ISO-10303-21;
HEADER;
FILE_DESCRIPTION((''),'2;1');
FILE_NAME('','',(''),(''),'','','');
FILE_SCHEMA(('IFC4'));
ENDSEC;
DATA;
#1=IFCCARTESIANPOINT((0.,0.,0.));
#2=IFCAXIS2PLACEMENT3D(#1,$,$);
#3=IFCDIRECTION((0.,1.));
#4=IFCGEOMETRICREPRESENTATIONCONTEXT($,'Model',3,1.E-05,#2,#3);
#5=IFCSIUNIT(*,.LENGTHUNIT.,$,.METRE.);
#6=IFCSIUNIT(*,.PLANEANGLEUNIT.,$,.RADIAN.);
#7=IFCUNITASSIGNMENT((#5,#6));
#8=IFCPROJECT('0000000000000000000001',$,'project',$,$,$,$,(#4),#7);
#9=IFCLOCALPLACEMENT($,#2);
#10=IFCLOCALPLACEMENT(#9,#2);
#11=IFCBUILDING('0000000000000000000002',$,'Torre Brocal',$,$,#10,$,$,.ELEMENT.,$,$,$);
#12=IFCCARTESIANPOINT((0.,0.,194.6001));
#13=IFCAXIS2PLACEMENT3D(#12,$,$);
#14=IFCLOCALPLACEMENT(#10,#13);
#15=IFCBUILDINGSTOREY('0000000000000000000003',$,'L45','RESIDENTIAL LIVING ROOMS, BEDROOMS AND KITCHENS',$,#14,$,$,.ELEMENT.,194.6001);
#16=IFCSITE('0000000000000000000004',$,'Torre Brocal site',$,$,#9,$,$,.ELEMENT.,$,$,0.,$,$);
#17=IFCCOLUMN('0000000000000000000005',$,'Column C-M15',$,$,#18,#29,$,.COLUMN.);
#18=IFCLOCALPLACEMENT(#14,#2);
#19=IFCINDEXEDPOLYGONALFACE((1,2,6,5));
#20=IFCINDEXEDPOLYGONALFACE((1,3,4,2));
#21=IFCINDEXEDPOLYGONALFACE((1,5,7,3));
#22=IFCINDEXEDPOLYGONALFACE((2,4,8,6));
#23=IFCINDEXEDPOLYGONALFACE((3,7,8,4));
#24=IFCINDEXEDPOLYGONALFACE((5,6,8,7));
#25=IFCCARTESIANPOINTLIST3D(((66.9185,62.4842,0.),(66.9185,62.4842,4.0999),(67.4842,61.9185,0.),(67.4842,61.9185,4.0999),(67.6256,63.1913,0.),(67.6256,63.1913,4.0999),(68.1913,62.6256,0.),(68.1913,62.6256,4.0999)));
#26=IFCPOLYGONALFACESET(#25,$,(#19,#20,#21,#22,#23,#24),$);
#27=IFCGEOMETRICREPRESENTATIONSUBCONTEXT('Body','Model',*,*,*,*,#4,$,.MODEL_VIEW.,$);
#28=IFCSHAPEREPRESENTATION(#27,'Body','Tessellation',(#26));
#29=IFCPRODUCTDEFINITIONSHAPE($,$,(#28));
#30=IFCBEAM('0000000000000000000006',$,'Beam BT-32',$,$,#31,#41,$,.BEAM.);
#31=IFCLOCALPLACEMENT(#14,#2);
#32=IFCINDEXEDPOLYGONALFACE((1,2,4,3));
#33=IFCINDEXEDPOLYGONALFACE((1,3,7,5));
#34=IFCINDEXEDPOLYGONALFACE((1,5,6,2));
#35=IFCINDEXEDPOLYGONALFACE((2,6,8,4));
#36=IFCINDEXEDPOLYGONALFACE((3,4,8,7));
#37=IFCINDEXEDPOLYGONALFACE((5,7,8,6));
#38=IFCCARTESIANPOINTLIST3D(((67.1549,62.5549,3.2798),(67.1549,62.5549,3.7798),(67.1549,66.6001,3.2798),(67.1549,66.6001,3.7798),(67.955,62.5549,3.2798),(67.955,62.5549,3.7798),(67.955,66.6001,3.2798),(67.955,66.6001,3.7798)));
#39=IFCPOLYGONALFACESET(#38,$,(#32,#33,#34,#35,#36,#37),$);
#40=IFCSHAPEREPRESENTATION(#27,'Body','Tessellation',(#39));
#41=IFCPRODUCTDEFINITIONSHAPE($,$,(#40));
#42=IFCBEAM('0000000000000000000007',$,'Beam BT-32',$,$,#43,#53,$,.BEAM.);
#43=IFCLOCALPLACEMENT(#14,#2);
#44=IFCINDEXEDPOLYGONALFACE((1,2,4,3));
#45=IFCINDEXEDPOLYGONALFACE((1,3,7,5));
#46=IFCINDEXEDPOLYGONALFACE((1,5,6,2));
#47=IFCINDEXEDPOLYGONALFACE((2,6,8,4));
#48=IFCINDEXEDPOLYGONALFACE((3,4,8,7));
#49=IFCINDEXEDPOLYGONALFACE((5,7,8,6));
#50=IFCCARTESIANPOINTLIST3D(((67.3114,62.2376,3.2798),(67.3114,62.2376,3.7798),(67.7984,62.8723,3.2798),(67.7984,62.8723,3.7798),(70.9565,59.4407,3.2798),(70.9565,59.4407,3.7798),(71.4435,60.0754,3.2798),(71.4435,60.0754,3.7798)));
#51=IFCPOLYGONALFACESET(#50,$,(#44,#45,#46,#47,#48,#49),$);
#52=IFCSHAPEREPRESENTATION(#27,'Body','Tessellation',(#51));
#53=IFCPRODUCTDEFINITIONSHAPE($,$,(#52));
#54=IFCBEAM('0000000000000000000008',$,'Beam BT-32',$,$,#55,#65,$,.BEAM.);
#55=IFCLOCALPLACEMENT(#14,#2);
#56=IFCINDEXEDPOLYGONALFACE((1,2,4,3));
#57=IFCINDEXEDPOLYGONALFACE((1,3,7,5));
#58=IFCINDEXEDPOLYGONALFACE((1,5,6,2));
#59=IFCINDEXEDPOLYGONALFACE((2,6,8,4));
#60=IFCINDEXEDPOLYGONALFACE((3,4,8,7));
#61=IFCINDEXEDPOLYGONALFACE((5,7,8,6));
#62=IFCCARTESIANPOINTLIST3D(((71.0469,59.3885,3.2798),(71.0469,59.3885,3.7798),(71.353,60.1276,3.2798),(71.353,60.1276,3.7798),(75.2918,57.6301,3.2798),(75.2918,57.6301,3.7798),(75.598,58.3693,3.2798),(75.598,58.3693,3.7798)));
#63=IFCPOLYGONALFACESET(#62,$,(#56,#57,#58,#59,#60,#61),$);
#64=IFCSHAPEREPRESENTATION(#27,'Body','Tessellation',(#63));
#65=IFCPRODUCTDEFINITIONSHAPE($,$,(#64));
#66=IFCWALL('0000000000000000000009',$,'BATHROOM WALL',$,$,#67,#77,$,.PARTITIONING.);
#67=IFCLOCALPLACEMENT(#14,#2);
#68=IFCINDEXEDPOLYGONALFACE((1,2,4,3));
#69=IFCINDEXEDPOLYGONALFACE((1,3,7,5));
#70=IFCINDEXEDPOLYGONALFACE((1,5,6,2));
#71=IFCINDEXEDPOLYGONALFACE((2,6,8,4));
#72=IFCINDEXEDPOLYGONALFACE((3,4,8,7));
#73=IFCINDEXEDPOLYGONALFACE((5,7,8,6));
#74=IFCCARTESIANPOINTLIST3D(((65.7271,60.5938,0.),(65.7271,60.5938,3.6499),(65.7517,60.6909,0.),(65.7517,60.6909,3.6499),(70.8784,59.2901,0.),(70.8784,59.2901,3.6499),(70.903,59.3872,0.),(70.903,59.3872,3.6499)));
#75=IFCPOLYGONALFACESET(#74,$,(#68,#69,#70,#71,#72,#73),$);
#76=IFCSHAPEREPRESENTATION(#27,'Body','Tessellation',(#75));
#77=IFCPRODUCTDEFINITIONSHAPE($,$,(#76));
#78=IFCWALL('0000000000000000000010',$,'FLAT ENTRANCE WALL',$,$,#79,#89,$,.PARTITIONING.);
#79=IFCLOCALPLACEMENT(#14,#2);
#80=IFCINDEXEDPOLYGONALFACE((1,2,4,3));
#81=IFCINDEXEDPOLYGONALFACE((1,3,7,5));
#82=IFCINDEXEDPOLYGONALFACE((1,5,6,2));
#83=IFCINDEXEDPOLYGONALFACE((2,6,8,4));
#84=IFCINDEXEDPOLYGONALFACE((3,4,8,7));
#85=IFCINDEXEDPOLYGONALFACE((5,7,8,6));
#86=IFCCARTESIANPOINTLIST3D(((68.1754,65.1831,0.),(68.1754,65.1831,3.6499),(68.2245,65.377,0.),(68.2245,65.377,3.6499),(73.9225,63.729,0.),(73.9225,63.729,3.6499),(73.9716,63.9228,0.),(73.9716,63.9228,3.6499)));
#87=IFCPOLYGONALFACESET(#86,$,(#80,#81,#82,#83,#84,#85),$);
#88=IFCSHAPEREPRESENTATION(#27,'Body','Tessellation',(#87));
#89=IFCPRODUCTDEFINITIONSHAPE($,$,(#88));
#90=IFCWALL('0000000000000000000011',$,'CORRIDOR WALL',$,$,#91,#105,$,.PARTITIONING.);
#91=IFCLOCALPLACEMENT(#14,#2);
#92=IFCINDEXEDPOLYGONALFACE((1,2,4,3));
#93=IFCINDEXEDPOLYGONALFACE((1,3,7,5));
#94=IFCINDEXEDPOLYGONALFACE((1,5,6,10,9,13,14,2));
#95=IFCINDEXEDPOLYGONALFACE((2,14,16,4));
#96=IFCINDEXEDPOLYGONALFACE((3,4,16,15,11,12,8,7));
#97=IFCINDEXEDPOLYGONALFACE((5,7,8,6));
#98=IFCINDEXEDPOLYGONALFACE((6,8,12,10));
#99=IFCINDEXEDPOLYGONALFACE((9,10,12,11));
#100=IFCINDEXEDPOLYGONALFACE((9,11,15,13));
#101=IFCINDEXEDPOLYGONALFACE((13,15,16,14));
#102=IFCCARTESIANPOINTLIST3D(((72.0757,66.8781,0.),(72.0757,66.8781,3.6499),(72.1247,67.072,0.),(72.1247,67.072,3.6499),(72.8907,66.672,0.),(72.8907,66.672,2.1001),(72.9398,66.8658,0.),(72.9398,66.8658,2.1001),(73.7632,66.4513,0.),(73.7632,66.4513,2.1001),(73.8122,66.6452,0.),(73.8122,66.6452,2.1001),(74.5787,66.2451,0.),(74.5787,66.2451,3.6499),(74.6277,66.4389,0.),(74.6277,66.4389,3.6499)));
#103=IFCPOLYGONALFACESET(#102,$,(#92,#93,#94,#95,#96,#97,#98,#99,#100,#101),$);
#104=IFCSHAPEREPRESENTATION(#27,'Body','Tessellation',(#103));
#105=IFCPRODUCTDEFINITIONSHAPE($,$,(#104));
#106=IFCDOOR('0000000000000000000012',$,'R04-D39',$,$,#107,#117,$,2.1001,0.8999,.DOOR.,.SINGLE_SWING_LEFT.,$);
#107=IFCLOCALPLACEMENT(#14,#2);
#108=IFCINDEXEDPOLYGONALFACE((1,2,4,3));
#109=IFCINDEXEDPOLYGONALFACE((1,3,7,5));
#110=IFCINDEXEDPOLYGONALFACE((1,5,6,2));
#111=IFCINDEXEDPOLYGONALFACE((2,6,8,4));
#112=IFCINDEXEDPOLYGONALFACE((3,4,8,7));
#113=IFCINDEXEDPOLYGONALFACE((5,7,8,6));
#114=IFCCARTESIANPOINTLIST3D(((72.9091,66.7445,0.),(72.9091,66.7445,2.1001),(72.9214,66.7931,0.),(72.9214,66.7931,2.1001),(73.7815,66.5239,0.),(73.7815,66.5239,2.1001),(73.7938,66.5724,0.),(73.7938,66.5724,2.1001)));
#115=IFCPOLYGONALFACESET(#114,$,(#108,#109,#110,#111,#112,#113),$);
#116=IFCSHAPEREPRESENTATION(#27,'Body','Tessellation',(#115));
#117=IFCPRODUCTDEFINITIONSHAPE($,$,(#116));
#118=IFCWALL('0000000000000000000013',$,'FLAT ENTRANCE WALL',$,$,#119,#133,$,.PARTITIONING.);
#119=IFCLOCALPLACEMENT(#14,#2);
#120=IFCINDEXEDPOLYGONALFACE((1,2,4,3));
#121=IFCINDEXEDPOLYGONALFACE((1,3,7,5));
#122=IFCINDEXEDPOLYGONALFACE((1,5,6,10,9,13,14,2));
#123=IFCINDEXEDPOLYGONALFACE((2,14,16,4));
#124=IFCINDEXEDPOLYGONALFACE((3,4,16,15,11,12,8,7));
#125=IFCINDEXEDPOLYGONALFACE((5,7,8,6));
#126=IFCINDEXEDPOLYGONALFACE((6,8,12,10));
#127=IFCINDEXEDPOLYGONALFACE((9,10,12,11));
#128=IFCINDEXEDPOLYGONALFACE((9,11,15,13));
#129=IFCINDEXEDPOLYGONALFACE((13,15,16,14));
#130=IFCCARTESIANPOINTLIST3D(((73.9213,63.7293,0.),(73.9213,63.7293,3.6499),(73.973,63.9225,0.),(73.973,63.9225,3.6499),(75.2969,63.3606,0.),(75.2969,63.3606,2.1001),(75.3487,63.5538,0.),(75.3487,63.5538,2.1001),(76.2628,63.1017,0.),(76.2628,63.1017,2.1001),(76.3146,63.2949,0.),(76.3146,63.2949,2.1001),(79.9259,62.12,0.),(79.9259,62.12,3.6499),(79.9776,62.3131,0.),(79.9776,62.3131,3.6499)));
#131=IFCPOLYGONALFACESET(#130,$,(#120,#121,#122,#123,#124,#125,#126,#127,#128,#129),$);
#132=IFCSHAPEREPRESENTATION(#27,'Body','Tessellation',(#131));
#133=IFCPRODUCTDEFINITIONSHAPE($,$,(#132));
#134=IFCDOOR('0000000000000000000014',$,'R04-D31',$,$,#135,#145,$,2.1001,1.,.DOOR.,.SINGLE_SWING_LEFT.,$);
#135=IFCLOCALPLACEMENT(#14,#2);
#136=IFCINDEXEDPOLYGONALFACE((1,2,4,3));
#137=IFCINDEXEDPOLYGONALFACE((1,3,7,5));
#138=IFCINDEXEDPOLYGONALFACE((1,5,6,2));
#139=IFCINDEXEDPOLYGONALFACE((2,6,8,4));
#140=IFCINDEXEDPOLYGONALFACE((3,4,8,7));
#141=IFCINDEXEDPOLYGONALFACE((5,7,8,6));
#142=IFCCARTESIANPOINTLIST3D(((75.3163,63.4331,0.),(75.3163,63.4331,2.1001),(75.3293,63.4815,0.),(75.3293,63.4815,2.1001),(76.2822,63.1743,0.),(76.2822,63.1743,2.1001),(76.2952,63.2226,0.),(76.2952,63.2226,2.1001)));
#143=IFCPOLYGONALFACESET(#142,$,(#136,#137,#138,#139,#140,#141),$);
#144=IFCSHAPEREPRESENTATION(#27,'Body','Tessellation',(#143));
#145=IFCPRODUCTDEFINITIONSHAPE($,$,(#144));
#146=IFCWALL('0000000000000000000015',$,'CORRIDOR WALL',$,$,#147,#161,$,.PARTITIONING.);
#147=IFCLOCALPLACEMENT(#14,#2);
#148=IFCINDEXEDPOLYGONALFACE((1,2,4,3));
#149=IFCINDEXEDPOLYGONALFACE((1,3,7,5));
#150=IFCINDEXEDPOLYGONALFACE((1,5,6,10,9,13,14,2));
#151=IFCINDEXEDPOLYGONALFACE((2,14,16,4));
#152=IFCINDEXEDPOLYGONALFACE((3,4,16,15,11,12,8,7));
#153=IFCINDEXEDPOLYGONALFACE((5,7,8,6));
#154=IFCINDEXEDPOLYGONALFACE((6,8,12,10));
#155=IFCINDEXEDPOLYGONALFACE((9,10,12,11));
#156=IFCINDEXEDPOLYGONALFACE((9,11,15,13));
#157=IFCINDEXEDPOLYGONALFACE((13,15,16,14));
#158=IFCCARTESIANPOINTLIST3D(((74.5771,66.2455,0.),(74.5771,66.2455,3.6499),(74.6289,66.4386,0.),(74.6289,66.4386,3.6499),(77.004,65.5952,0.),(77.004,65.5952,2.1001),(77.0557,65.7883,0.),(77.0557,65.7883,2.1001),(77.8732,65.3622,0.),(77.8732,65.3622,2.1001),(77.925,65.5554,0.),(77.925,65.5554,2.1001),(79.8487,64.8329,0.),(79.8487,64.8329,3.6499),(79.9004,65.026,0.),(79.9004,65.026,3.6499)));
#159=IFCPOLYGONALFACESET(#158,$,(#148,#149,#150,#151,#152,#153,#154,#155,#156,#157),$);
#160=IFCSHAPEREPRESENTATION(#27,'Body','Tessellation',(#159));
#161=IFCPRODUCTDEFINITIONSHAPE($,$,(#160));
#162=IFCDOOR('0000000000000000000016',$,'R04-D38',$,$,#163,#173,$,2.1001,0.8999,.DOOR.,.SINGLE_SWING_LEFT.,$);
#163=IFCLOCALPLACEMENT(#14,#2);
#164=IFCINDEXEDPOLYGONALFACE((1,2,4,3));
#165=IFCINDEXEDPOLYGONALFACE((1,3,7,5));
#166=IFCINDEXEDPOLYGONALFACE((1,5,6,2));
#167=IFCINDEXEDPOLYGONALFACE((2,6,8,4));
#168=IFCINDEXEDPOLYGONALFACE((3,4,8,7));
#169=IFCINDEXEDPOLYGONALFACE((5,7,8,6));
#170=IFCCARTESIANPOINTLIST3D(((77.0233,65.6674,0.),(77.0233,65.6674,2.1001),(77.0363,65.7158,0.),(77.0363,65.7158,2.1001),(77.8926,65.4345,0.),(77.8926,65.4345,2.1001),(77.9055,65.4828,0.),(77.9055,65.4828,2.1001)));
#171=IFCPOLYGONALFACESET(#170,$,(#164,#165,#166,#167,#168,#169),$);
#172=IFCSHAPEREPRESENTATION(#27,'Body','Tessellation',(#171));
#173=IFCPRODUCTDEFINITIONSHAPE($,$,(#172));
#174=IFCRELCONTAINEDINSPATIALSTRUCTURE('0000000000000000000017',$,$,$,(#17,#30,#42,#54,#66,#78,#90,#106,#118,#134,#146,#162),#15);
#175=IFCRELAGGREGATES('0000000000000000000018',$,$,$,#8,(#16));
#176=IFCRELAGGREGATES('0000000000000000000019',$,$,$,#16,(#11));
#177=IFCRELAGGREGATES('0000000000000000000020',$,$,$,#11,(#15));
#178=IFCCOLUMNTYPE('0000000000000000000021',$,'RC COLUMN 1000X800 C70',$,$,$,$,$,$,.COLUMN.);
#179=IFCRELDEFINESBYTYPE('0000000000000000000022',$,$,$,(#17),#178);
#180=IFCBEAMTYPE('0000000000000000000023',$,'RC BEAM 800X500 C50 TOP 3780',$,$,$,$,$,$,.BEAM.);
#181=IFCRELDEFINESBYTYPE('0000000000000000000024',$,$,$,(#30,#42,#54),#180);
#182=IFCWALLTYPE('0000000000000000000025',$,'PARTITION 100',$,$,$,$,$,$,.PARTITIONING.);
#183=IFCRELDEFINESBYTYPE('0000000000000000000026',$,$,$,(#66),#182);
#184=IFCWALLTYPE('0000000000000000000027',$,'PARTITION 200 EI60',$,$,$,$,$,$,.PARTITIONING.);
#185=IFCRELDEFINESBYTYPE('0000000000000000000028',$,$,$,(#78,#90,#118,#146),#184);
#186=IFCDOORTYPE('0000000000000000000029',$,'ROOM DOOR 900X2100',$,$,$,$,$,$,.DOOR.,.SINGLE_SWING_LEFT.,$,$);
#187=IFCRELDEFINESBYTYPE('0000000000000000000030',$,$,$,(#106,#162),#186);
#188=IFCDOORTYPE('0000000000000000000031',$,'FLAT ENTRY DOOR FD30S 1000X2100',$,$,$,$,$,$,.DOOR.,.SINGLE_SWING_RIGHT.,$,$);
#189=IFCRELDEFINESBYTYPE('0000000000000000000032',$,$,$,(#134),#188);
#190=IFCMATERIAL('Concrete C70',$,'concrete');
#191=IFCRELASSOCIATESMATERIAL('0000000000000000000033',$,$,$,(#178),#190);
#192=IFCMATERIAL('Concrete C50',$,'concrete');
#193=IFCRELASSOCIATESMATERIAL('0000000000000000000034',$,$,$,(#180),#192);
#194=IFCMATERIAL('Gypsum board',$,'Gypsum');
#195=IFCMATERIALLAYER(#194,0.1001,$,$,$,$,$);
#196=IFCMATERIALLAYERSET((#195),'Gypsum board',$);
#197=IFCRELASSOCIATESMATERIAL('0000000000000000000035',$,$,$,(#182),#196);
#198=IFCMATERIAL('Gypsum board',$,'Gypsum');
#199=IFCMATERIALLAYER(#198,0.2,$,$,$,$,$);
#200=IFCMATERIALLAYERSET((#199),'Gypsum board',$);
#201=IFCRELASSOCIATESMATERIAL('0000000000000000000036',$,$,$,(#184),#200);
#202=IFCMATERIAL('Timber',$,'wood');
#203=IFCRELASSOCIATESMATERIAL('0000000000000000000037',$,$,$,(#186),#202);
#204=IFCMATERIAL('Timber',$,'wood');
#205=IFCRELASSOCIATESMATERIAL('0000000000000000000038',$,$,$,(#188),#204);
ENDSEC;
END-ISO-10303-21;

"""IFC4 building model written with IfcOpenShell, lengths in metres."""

from ifc_helpers import new_model, si_unit, direction, frame, frame_2d, origin, origin_2d, place, context, subcontext, project, spatial, rectangle, extrude, material, layer, layer_set, material_profile, profile_set, type_object, element, fill, save


model = new_model("IFC4")

# Units and contexts
model_context = context("Model", 3, precision=1e-05, world=origin(), true_north=direction((0.0, 1.0)))
body_context = subcontext(model_context, "Body", "Model", "MODEL_VIEW")
ifc_project = project(units=[si_unit("LENGTHUNIT", "METRE"), si_unit("PLANEANGLEUNIT", "RADIAN")], contexts=[model_context])

# Site, building, storey
site_placement = place(None, origin())
site = spatial("IfcSite", under=ifc_project, at=site_placement, Name="Torre Brocal site", CompositionType="ELEMENT", RefElevation=0.0)
building_placement = place(site_placement, origin())
building = spatial("IfcBuilding", under=site, at=building_placement, Name="Torre Brocal", CompositionType="ELEMENT")
storey_placement = place(building_placement, frame((0.0, 0.0, 194.6001)))
storey = spatial("IfcBuildingStorey", under=building, at=storey_placement, Name="L45", Description="RESIDENTIAL LIVING ROOMS, BEDROOMS AND KITCHENS", CompositionType="ELEMENT", Elevation=194.6001)

# Column
ifc_material_1 = material(Name="Concrete C70", Category="concrete")
ifc_material_profile_1 = material_profile(ifc_material_1, rectangle(XDim=1.0, YDim=0.8, at=origin_2d()), Name="RC 1000X800")
ifc_profile_set_1 = profile_set([ifc_material_profile_1], Name="Concrete C70")
column_type = type_object("IfcColumnType", Name="RC COLUMN 1000X800 C70", PredefinedType="COLUMN", material=ifc_profile_set_1)
column_placement = place(storey_placement, frame((67.5549, 62.5549, 0.0), z_axis=(0.0, 0.0, 1.0), x_axis=(-0.707107, -0.707107, 0.0)))
element("IfcColumn", 1, at=column_placement, inside=storey, type_object=column_type, Name="Column C-M15", PredefinedType="COLUMN", context=body_context, shape_type="SweptSolid", body=[
    extrude(rectangle(XDim=1.0, YDim=0.8, at=origin_2d()), origin(), (0.0, 0.0, 1.0), 4.0999),
])

# Beams
ifc_material_2 = material(Name="Concrete C50", Category="concrete")
ifc_material_profile_2 = material_profile(ifc_material_2, rectangle(XDim=0.8, YDim=0.5, at=origin_2d()), Name="RC 800X500")
ifc_profile_set_2 = profile_set([ifc_material_profile_2], Name="Concrete C50")
beam_type = type_object("IfcBeamType", Name="RC BEAM 800X500 C50 TOP 3780", PredefinedType="BEAM", material=ifc_profile_set_2)
beam_1_placement = place(storey_placement, frame((67.5549, 62.5549, 3.5298), z_axis=(0.0, 1.0, 0.0), x_axis=(-1.0, 0.0, 0.0)))
element("IfcBeam", 2, at=beam_1_placement, inside=storey, type_object=beam_type, Name="Beam BT-32", PredefinedType="BEAM", context=body_context, shape_type="SweptSolid", body=[
    extrude(rectangle(XDim=0.8, YDim=0.5, at=origin_2d()), origin(), (0.0, 0.0, 1.0), 4.0452),
])
beam_2_placement = place(storey_placement, frame((67.5549, 62.5549, 3.5298), z_axis=(0.793358, -0.608755, 0.0), x_axis=(0.608755, 0.793358, 0.0)))
element("IfcBeam", 3, at=beam_2_placement, inside=storey, type_object=beam_type, Name="Beam BT-32", PredefinedType="BEAM", context=body_context, shape_type="SweptSolid", body=[
    extrude(rectangle(XDim=0.8, YDim=0.5, at=origin_2d()), origin(), (0.0, 0.0, 1.0), 4.5945),
])
beam_3_placement = place(storey_placement, frame((71.2, 59.7581, 3.5298), z_axis=(0.923878, -0.382687, 0.0), x_axis=(0.382687, 0.923878, 0.0)))
element("IfcBeam", 4, at=beam_3_placement, inside=storey, type_object=beam_type, Name="Beam BT-32", PredefinedType="BEAM", context=body_context, shape_type="SweptSolid", body=[
    extrude(rectangle(XDim=0.8, YDim=0.5, at=origin_2d()), origin(), (0.0, 0.0, 1.0), 4.5947),
])

# Walls
ifc_material_3 = material(Name="Gypsum board", Category="Gypsum")
ifc_layer_1 = layer(ifc_material_3, 0.1001)
ifc_layer_set_1 = layer_set([ifc_layer_1], Name="Gypsum board")
wall_type_1 = type_object("IfcWallType", Name="PARTITION 100", PredefinedType="PARTITIONING", material=ifc_layer_set_1)
wall_1_placement = place(storey_placement, frame((65.7395, 60.6423, 0.0), z_axis=(0.0, 0.0, 1.0), x_axis=(0.969436, -0.245345, 0.0)))
element("IfcWall", 5, at=wall_1_placement, inside=storey, type_object=wall_type_1, Name="BATHROOM WALL", PredefinedType="PARTITIONING", context=body_context, shape_type="SweptSolid", body=[
    extrude(rectangle(XDim=5.3137, YDim=0.1001, at=frame_2d((2.6567, 0.0))), origin(), (0.0, 0.0, 1.0), 3.6499),
])
ifc_material_4 = material(Name="Gypsum board", Category="Gypsum")
ifc_layer_2 = layer(ifc_material_4, 0.2)
ifc_layer_set_2 = layer_set([ifc_layer_2], Name="Gypsum board")
wall_type_2 = type_object("IfcWallType", Name="PARTITION 200 EI60", PredefinedType="PARTITIONING", material=ifc_layer_set_2)
wall_2_placement = place(storey_placement, frame((68.2, 65.28, 0.0), z_axis=(0.0, 0.0, 1.0), x_axis=(0.969451, -0.245287, 0.0)))
element("IfcWall", 6, at=wall_2_placement, inside=storey, type_object=wall_type_2, Name="FLAT ENTRANCE WALL", PredefinedType="PARTITIONING", context=body_context, shape_type="SweptSolid", body=[
    extrude(rectangle(XDim=5.9282, YDim=0.2, at=frame_2d((2.9641, 0.0))), origin(), (0.0, 0.0, 1.0), 3.6499),
])

# Walls, openings, doors
wall_3_placement = place(storey_placement, frame((72.1001, 66.9751, 0.0), z_axis=(0.0, 0.0, 1.0), x_axis=(0.969471, -0.245205, 0.0)))
wall_3 = element("IfcWall", 7, at=wall_3_placement, inside=storey, type_object=wall_type_2, Name="CORRIDOR WALL", PredefinedType="PARTITIONING", context=body_context, shape_type="SweptSolid", body=[
    extrude(rectangle(XDim=2.5818, YDim=0.2, at=frame_2d((1.291, 0.0))), origin(), (0.0, 0.0, 1.0), 3.6499),
])
opening_1_placement = place(wall_3_placement, frame((0.8408, 0.0, 0.0)))
opening_1 = element("IfcOpeningElement", 8, at=opening_1_placement, cuts=wall_3, PredefinedType="OPENING", context=body_context, shape_type="SweptSolid", body=[
    extrude(rectangle(XDim=0.8999, YDim=2.1001, at=frame_2d((0.45, 1.05))), frame((0.0, 0.1099, 0.0), z_axis=(0.0, -1.0, 0.0), x_axis=(1.0, 0.0, 0.0)), (0.0, 0.0, 1.0), 0.22),
])
ifc_material_5 = material(Name="Timber", Category="wood")
door_type_1 = type_object("IfcDoorType", Name="ROOM DOOR 900X2100", OperationType="SINGLE_SWING_LEFT", PredefinedType="DOOR", material=ifc_material_5)
door_1_placement = place(opening_1_placement, origin())
door_1 = element("IfcDoor", 9, at=door_1_placement, inside=storey, type_object=door_type_1, Name="R04-D39", OperationType="SINGLE_SWING_LEFT", OverallHeight=2.1001, OverallWidth=0.8999, PredefinedType="DOOR", context=body_context, shape_type="SweptSolid", body=[
    extrude(rectangle(XDim=0.8999, YDim=2.1001, at=frame_2d((0.45, 1.05))), frame((0.0, 0.0249, 0.0), z_axis=(0.0, -1.0, 0.0), x_axis=(1.0, 0.0, 0.0)), (0.0, 0.0, 1.0), 0.05),
])
fill(opening_1, door_1)
wall_4_placement = place(storey_placement, frame((73.947, 63.8259, 0.0), z_axis=(0.0, 0.0, 1.0), x_axis=(0.965908, -0.258885, 0.0)))
wall_4 = element("IfcWall", 10, at=wall_4_placement, inside=storey, type_object=wall_type_2, Name="FLAT ENTRANCE WALL", PredefinedType="PARTITIONING", context=body_context, shape_type="SweptSolid", body=[
    extrude(rectangle(XDim=6.2166, YDim=0.2, at=frame_2d((3.1084, 0.0))), origin(), (0.0, 0.0, 1.0), 3.6499),
])
opening_2_placement = place(wall_4_placement, frame((1.4243, 0.0, 0.0)))
opening_2 = element("IfcOpeningElement", 11, at=opening_2_placement, cuts=wall_4, PredefinedType="OPENING", context=body_context, shape_type="SweptSolid", body=[
    extrude(rectangle(XDim=1.0, YDim=2.1001, at=frame_2d((0.5, 1.05))), frame((0.0, 0.1099, 0.0), z_axis=(0.0, -1.0, 0.0), x_axis=(1.0, 0.0, 0.0)), (0.0, 0.0, 1.0), 0.22),
])
ifc_material_6 = material(Name="Timber", Category="wood")
door_type_2 = type_object("IfcDoorType", Name="FLAT ENTRY DOOR FD30S 1000X2100", OperationType="SINGLE_SWING_RIGHT", PredefinedType="DOOR", material=ifc_material_6)
door_2_placement = place(opening_2_placement, frame((1.0, 0.0, 0.0), z_axis=(0.0, 0.0, 1.0), x_axis=(-1.0, 0.0, 0.0)))
door_2 = element("IfcDoor", 12, at=door_2_placement, inside=storey, type_object=door_type_2, Name="R04-D31", OperationType="SINGLE_SWING_LEFT", OverallHeight=2.1001, OverallWidth=1.0, PredefinedType="DOOR", context=body_context, shape_type="SweptSolid", body=[
    extrude(rectangle(XDim=1.0, YDim=2.1001, at=frame_2d((0.5, 1.05))), frame((0.0, 0.0249, 0.0), z_axis=(0.0, -1.0, 0.0), x_axis=(1.0, 0.0, 0.0)), (0.0, 0.0, 1.0), 0.05),
])
fill(opening_2, door_2)
wall_5_placement = place(storey_placement, frame((74.603, 66.342, 0.0), z_axis=(0.0, 0.0, 1.0), x_axis=(0.965921, -0.258837, 0.0)))
wall_5 = element("IfcWall", 13, at=wall_5_placement, inside=storey, type_object=wall_type_2, Name="CORRIDOR WALL", PredefinedType="PARTITIONING", context=body_context, shape_type="SweptSolid", body=[
    extrude(rectangle(XDim=5.4575, YDim=0.2, at=frame_2d((2.7288, 0.0))), origin(), (0.0, 0.0, 1.0), 3.6499),
])
opening_3_placement = place(wall_5_placement, frame((2.5125, 0.0, 0.0)))
opening_3 = element("IfcOpeningElement", 14, at=opening_3_placement, cuts=wall_5, PredefinedType="OPENING", context=body_context, shape_type="SweptSolid", body=[
    extrude(rectangle(XDim=0.8999, YDim=2.1001, at=frame_2d((0.45, 1.05))), frame((0.0, 0.1099, 0.0), z_axis=(0.0, -1.0, 0.0), x_axis=(1.0, 0.0, 0.0)), (0.0, 0.0, 1.0), 0.22),
])
door_3_placement = place(opening_3_placement, origin())
door_3 = element("IfcDoor", 15, at=door_3_placement, inside=storey, type_object=door_type_1, Name="R04-D38", OperationType="SINGLE_SWING_LEFT", OverallHeight=2.1001, OverallWidth=0.8999, PredefinedType="DOOR", context=body_context, shape_type="SweptSolid", body=[
    extrude(rectangle(XDim=0.8999, YDim=2.1001, at=frame_2d((0.45, 1.05))), frame((0.0, 0.0249, 0.0), z_axis=(0.0, -1.0, 0.0), x_axis=(1.0, 0.0, 0.0)), (0.0, 0.0, 1.0), 0.05),
])
fill(opening_3, door_3)

save(model, "model.ifc")
